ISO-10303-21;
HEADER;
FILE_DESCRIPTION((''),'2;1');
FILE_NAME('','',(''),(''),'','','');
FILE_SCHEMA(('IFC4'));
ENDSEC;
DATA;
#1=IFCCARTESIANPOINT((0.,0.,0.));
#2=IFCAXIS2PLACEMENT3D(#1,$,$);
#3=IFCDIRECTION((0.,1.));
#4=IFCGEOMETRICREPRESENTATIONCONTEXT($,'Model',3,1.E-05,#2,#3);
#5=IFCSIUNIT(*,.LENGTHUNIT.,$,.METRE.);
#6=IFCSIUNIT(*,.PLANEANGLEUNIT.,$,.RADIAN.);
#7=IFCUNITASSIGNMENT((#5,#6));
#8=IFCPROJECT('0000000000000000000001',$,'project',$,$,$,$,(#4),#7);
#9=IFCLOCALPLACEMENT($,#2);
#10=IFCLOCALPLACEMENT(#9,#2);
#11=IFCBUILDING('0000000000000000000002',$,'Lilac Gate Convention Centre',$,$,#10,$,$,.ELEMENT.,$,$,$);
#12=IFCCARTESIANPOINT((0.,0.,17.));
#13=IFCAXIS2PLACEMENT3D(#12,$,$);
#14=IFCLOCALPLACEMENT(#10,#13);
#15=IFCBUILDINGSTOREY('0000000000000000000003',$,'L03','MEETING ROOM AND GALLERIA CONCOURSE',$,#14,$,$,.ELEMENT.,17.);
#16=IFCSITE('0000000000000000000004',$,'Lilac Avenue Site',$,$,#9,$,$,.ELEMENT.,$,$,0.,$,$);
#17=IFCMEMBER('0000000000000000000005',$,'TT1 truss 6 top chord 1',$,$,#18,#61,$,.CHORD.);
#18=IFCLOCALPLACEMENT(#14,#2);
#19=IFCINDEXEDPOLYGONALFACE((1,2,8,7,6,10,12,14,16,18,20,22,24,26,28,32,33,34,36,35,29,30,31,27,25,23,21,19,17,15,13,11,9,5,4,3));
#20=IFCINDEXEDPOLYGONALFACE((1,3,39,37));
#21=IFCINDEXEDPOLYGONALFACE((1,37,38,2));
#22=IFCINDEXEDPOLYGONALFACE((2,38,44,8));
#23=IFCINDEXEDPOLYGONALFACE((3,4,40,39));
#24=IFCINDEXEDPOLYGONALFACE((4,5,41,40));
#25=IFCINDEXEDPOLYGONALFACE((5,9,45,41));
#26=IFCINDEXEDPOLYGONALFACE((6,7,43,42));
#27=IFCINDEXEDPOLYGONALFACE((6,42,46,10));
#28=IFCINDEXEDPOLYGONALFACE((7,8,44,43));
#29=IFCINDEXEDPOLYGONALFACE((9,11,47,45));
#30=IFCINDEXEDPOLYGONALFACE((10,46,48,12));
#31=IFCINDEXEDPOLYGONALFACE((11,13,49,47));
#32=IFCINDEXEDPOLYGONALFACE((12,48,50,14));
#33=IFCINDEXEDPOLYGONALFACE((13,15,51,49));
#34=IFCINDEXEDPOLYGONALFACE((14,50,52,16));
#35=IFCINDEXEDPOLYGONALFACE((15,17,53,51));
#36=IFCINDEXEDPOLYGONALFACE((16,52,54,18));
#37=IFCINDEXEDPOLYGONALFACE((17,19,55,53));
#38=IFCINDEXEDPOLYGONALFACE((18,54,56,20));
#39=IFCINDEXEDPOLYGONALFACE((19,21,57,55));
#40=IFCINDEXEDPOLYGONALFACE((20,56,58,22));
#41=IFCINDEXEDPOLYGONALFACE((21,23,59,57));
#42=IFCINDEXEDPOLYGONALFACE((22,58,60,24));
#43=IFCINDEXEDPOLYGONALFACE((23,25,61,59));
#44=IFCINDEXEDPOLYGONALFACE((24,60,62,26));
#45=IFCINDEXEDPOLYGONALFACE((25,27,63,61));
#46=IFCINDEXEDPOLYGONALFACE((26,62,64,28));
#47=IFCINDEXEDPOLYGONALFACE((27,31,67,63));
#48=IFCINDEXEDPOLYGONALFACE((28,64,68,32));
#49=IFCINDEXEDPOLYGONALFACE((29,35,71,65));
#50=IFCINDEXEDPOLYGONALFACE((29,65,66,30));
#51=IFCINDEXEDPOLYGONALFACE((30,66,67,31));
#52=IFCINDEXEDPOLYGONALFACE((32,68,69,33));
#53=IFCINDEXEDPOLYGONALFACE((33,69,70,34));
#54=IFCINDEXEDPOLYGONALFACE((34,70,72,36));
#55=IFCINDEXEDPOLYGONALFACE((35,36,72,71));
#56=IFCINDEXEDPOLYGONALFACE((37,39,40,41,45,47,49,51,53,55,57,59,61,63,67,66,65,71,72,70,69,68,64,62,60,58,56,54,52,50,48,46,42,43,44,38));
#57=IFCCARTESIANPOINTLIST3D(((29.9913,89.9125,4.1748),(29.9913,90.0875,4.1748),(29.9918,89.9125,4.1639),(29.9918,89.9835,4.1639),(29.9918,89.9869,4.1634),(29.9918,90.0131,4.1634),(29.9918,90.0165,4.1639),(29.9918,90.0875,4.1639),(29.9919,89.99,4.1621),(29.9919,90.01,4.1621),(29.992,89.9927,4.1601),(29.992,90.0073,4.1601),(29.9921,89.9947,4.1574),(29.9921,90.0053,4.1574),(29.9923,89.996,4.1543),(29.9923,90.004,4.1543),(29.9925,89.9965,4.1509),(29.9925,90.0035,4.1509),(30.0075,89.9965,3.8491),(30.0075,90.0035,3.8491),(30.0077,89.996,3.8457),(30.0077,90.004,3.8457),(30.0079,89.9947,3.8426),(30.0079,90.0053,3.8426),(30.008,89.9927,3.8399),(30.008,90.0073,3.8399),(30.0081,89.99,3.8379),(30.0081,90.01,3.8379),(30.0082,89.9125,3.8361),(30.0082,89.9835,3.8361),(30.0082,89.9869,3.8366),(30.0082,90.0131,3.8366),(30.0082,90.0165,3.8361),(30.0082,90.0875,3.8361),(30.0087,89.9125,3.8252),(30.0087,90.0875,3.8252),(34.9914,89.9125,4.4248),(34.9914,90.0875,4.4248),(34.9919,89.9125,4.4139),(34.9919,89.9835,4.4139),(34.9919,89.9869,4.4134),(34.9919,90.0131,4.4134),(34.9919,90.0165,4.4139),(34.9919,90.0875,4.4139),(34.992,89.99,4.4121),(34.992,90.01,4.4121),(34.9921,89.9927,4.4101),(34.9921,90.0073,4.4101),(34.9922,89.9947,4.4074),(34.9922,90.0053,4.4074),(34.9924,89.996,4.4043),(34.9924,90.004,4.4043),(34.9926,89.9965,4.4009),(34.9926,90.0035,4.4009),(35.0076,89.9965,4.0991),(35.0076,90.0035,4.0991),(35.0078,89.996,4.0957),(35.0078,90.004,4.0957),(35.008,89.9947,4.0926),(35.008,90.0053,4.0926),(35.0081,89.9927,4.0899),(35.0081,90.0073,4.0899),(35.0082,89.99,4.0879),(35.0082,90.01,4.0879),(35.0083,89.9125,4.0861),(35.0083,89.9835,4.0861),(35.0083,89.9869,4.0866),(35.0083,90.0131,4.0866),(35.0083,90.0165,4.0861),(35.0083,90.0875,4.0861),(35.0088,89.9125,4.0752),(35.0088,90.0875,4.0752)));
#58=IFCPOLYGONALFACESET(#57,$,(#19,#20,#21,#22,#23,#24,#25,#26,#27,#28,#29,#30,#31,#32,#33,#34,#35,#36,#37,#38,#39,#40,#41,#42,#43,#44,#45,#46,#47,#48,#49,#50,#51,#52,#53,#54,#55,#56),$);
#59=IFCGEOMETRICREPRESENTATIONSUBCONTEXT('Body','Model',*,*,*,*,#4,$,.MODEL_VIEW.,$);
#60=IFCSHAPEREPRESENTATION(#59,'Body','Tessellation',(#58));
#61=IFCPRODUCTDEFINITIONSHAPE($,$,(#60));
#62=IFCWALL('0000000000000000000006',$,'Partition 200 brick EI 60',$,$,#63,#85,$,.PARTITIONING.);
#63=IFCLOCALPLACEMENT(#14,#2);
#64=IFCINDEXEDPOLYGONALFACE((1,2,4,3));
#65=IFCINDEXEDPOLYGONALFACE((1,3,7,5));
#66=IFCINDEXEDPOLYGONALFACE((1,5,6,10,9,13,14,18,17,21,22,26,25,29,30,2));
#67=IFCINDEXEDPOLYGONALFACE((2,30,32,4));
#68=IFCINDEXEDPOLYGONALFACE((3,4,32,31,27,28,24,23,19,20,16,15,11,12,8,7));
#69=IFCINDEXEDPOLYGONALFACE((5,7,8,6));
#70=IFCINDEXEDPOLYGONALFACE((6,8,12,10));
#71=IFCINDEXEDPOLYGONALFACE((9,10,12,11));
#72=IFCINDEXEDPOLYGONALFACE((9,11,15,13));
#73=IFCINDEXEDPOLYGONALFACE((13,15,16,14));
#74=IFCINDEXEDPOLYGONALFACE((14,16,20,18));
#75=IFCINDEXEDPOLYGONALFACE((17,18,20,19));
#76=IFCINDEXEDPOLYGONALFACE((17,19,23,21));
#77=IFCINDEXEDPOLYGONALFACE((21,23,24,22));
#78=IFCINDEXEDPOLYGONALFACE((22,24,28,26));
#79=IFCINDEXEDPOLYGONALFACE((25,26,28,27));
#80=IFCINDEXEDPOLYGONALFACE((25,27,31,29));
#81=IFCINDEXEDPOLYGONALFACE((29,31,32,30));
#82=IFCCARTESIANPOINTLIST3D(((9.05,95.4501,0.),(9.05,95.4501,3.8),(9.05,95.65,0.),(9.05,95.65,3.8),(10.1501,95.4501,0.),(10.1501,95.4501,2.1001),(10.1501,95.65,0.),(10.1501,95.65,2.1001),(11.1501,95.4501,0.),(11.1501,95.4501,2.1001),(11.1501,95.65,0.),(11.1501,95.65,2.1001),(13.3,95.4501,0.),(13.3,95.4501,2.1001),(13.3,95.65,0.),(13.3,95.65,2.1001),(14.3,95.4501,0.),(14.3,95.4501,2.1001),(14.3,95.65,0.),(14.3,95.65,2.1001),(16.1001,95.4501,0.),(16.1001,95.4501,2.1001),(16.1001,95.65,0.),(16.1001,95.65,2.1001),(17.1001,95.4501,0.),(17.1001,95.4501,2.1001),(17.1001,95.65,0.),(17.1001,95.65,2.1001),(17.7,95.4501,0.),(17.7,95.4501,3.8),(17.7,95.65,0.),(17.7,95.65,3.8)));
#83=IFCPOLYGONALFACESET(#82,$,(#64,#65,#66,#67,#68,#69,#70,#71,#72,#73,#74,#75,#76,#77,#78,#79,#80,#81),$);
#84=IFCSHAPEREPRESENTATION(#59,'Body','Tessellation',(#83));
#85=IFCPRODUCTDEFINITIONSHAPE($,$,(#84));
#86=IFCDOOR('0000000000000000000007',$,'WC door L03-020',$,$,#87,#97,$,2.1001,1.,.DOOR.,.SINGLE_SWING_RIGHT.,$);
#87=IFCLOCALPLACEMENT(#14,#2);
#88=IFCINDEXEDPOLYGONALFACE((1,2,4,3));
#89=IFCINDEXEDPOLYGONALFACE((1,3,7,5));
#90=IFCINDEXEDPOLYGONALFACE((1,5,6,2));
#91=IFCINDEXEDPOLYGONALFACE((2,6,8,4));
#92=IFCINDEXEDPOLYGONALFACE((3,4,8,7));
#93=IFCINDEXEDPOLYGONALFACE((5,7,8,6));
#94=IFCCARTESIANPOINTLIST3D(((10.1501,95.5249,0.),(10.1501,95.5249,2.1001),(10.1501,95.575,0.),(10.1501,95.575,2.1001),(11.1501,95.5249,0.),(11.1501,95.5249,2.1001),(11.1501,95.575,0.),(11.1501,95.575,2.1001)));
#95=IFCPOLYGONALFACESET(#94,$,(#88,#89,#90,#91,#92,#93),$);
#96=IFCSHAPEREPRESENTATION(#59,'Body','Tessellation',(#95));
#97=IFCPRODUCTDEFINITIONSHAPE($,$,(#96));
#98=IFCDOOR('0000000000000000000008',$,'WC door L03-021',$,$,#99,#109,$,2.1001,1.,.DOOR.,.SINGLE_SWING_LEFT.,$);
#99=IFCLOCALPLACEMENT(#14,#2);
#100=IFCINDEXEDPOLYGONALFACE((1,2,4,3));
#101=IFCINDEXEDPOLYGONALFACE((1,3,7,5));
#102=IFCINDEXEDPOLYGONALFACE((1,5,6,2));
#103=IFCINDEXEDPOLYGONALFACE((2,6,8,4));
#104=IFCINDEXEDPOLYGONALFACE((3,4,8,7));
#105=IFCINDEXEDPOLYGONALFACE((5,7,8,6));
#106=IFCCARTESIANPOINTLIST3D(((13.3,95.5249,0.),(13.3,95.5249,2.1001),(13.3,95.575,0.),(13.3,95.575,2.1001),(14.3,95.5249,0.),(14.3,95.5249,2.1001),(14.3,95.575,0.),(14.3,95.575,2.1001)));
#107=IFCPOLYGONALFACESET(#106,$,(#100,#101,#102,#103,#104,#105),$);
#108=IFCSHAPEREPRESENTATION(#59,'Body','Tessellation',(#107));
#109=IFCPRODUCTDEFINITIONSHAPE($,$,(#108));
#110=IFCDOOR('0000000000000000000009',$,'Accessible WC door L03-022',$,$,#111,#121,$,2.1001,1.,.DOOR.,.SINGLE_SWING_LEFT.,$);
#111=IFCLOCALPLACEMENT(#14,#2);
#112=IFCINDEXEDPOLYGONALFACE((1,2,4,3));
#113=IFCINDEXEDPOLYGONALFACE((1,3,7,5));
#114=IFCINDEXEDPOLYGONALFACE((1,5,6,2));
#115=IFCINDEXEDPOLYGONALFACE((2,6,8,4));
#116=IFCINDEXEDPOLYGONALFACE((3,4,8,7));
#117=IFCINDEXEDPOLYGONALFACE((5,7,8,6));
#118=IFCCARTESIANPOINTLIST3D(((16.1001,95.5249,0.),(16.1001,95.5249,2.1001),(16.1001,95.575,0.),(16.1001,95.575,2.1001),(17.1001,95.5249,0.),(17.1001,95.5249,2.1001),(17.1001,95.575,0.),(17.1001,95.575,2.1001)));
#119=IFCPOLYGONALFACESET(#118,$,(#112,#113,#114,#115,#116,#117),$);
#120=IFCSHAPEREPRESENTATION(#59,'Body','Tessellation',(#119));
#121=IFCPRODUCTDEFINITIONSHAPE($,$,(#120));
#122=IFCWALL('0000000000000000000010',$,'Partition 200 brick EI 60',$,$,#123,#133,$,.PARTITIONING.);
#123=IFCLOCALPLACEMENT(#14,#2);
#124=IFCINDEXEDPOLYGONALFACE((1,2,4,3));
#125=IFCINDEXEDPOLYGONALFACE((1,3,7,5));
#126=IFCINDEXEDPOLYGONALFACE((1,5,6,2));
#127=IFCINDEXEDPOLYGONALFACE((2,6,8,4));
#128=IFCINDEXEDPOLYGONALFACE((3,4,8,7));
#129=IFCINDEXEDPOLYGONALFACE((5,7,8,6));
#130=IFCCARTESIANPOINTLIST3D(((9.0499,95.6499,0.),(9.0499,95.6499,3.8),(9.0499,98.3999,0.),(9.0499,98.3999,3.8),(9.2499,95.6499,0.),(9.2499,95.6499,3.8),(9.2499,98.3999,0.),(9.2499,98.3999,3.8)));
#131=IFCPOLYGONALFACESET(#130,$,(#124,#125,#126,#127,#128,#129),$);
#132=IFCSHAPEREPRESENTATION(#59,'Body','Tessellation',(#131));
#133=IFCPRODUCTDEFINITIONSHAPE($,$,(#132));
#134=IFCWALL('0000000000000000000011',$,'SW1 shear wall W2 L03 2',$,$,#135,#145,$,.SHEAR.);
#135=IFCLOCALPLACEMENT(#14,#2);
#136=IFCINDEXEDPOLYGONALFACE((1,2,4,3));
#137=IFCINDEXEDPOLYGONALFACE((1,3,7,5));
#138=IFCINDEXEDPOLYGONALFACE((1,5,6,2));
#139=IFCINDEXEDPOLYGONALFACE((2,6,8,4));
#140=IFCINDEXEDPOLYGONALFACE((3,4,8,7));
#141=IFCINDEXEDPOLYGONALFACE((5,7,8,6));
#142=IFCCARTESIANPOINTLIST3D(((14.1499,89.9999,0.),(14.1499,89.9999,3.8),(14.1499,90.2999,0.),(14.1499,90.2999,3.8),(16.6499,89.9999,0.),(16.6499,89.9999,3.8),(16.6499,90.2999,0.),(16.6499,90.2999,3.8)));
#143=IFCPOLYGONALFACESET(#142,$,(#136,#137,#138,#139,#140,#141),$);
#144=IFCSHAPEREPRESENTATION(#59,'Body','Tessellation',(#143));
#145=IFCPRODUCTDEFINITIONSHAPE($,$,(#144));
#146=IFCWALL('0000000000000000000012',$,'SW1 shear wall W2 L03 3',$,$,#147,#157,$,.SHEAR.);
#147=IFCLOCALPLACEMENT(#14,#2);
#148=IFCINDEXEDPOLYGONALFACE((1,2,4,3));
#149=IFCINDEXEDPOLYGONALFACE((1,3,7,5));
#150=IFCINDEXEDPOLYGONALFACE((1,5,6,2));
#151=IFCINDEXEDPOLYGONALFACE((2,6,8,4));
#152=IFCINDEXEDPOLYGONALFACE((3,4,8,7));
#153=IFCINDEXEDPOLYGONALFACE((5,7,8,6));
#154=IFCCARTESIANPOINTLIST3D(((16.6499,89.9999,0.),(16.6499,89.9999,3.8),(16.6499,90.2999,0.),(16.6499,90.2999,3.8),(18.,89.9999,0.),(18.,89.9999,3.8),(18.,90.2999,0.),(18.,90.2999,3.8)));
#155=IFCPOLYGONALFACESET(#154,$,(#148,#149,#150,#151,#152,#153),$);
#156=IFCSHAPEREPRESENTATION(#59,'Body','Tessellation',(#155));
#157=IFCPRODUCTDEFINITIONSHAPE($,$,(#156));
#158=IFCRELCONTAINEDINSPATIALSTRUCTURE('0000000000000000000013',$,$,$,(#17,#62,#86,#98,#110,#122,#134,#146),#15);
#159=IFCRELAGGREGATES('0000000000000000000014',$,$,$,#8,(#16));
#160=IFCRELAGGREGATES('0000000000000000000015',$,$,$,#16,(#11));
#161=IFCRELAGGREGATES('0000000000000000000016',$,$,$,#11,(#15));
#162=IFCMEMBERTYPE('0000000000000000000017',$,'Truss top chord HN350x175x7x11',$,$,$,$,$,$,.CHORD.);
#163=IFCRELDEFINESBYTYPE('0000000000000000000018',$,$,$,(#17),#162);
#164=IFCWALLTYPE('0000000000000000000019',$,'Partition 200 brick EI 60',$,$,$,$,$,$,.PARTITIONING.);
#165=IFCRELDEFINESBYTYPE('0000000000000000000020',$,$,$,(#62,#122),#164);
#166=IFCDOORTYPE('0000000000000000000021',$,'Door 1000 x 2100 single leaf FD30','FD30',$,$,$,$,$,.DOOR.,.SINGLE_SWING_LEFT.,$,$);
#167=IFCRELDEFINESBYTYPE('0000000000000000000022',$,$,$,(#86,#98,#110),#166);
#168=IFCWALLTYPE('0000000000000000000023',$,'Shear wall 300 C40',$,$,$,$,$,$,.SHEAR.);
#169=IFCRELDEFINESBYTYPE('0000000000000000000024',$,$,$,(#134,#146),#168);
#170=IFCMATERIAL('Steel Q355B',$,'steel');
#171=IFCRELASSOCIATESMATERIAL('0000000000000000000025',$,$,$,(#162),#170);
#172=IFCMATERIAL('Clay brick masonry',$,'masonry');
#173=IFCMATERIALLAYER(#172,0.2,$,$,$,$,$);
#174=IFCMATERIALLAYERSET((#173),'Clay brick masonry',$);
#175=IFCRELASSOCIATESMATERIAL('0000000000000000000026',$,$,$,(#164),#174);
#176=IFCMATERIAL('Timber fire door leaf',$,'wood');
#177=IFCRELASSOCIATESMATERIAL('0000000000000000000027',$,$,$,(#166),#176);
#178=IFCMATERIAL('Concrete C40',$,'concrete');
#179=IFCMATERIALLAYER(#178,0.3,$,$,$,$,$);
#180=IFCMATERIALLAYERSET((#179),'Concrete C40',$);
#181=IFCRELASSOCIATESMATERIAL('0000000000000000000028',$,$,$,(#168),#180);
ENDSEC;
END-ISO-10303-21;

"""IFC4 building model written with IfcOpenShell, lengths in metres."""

from ifc_helpers import new_model, si_unit, direction, frame, frame_2d, origin, origin_2d, place, context, subcontext, project, spatial, rectangle, i_section, extrude, material, layer, layer_set, material_profile, profile_set, type_object, element, fill, save


model = new_model("IFC4")

# Units and contexts
model_context = context("Model", 3, precision=1e-05, world=origin(), true_north=direction((0.0, 1.0)))
body_context = subcontext(model_context, "Body", "Model", "MODEL_VIEW")
ifc_project = project(units=[si_unit("LENGTHUNIT", "METRE"), si_unit("PLANEANGLEUNIT", "RADIAN")], contexts=[model_context])

# Site, building, storey
site_placement = place(None, origin())
site = spatial("IfcSite", under=ifc_project, at=site_placement, Name="Lilac Avenue Site", CompositionType="ELEMENT", RefElevation=0.0)
building_placement = place(site_placement, origin())
building = spatial("IfcBuilding", under=site, at=building_placement, Name="Lilac Gate Convention Centre", CompositionType="ELEMENT")
storey_placement = place(building_placement, frame((0.0, 0.0, 17.0)))
storey = spatial("IfcBuildingStorey", under=building, at=storey_placement, Name="L03", Description="MEETING ROOM AND GALLERIA CONCOURSE", CompositionType="ELEMENT", Elevation=17.0)

# Shared definitions
ifc_material_1 = material(Name="Steel Q355B", Category="steel")

# Shared definitions
ifc_material_2 = material(Name="Concrete C40", Category="concrete")

# Member
ifc_material_profile_1 = material_profile(ifc_material_1, i_section(OverallWidth=0.175, OverallDepth=0.3501, WebThickness=0.0071, FlangeThickness=0.011, FilletRadius=0.0129, at=origin_2d()), Name="HN350x175x7x11")
ifc_profile_set_1 = profile_set([ifc_material_profile_1], Name="Steel Q355B")
member_type_1 = type_object("IfcMemberType", Name="Truss top chord HN350x175x7x11", PredefinedType="CHORD", material=ifc_profile_set_1)
member_1_placement = place(storey_placement, frame((30.0, 90.0, 4.0), z_axis=(0.998752, 0.0, 0.049938), x_axis=(0.0, 1.0, 0.0)))
element("IfcMember", 1, at=member_1_placement, inside=storey, type_object=member_type_1, Name="TT1 truss 6 top chord 1", PredefinedType="CHORD", context=body_context, shape_type="SweptSolid", body=[
    extrude(i_section(OverallWidth=0.175, OverallDepth=0.3501, WebThickness=0.0071, FlangeThickness=0.011, FilletRadius=0.0129, at=origin_2d()), origin(), (0.0, 0.0, 1.0), 5.0063),
])

# Wall, openings, doors
ifc_material_3 = material(Name="Clay brick masonry", Category="masonry")
ifc_layer_1 = layer(ifc_material_3, 0.2)
ifc_layer_set_1 = layer_set([ifc_layer_1], Name="Clay brick masonry")
wall_type_1 = type_object("IfcWallType", Name="Partition 200 brick EI 60", PredefinedType="PARTITIONING", material=ifc_layer_set_1)
wall_1_placement = place(storey_placement, frame((9.05, 95.55, 0.0), z_axis=(0.0, 0.0, 1.0), x_axis=(1.0, 0.0, 0.0)))
wall_1 = element("IfcWall", 2, at=wall_1_placement, inside=storey, type_object=wall_type_1, Name="Partition 200 brick EI 60", PredefinedType="PARTITIONING", context=body_context, shape_type="SweptSolid", body=[
    extrude(rectangle(XDim=8.6499, YDim=0.2, at=frame_2d((4.325, 0.0))), origin(), (0.0, 0.0, 1.0), 3.8),
])
opening_1_placement = place(wall_1_placement, frame((1.1001, 0.0, 0.0)))
opening_1 = element("IfcOpeningElement", 3, at=opening_1_placement, cuts=wall_1, PredefinedType="OPENING", context=body_context, shape_type="SweptSolid", body=[
    extrude(rectangle(XDim=1.0, YDim=2.1001, at=frame_2d((0.5, 1.05))), frame((0.0, 0.1099, 0.0), z_axis=(0.0, -1.0, 0.0), x_axis=(1.0, 0.0, 0.0)), (0.0, 0.0, 1.0), 0.22),
])
opening_2_placement = place(wall_1_placement, frame((4.25, 0.0, 0.0)))
opening_2 = element("IfcOpeningElement", 4, at=opening_2_placement, cuts=wall_1, PredefinedType="OPENING", context=body_context, shape_type="SweptSolid", body=[
    extrude(rectangle(XDim=1.0, YDim=2.1001, at=frame_2d((0.5, 1.05))), frame((0.0, 0.1099, 0.0), z_axis=(0.0, -1.0, 0.0), x_axis=(1.0, 0.0, 0.0)), (0.0, 0.0, 1.0), 0.22),
])
opening_3_placement = place(wall_1_placement, frame((7.05, 0.0, 0.0)))
opening_3 = element("IfcOpeningElement", 5, at=opening_3_placement, cuts=wall_1, PredefinedType="OPENING", context=body_context, shape_type="SweptSolid", body=[
    extrude(rectangle(XDim=1.0, YDim=2.1001, at=frame_2d((0.5, 1.05))), frame((0.0, 0.1099, 0.0), z_axis=(0.0, -1.0, 0.0), x_axis=(1.0, 0.0, 0.0)), (0.0, 0.0, 1.0), 0.22),
])
ifc_material_4 = material(Name="Timber fire door leaf", Category="wood")
door_type_1 = type_object("IfcDoorType", Name="Door 1000 x 2100 single leaf FD30", Description="FD30", OperationType="SINGLE_SWING_LEFT", PredefinedType="DOOR", material=ifc_material_4)
door_1_placement = place(opening_1_placement, origin())
door_1 = element("IfcDoor", 6, at=door_1_placement, inside=storey, type_object=door_type_1, Name="WC door L03-020", OperationType="SINGLE_SWING_RIGHT", OverallHeight=2.1001, OverallWidth=1.0, PredefinedType="DOOR", context=body_context, shape_type="SweptSolid", body=[
    extrude(rectangle(XDim=1.0, YDim=2.1001, at=frame_2d((0.5, 1.05))), frame((0.0, 0.0249, 0.0), z_axis=(0.0, -1.0, 0.0), x_axis=(1.0, 0.0, 0.0)), (0.0, 0.0, 1.0), 0.05),
])
fill(opening_1, door_1)
door_2_placement = place(opening_2_placement, origin())
door_2 = element("IfcDoor", 7, at=door_2_placement, inside=storey, type_object=door_type_1, Name="WC door L03-021", OperationType="SINGLE_SWING_LEFT", OverallHeight=2.1001, OverallWidth=1.0, PredefinedType="DOOR", context=body_context, shape_type="SweptSolid", body=[
    extrude(rectangle(XDim=1.0, YDim=2.1001, at=frame_2d((0.5, 1.05))), frame((0.0, 0.0249, 0.0), z_axis=(0.0, -1.0, 0.0), x_axis=(1.0, 0.0, 0.0)), (0.0, 0.0, 1.0), 0.05),
])
fill(opening_2, door_2)
door_3_placement = place(opening_3_placement, origin())
door_3 = element("IfcDoor", 8, at=door_3_placement, inside=storey, type_object=door_type_1, Name="Accessible WC door L03-022", OperationType="SINGLE_SWING_LEFT", OverallHeight=2.1001, OverallWidth=1.0, PredefinedType="DOOR", context=body_context, shape_type="SweptSolid", body=[
    extrude(rectangle(XDim=1.0, YDim=2.1001, at=frame_2d((0.5, 1.05))), frame((0.0, 0.0249, 0.0), z_axis=(0.0, -1.0, 0.0), x_axis=(1.0, 0.0, 0.0)), (0.0, 0.0, 1.0), 0.05),
])
fill(opening_3, door_3)

# Walls
wall_2_placement = place(storey_placement, frame((9.1499, 95.6499, 0.0), z_axis=(0.0, 0.0, 1.0), x_axis=(0.0, 1.0, 0.0)))
element("IfcWall", 9, at=wall_2_placement, inside=storey, type_object=wall_type_1, Name="Partition 200 brick EI 60", PredefinedType="PARTITIONING", context=body_context, shape_type="SweptSolid", body=[
    extrude(rectangle(XDim=2.75, YDim=0.2, at=frame_2d((1.375, 0.0))), origin(), (0.0, 0.0, 1.0), 3.8),
])
ifc_layer_2 = layer(ifc_material_2, 0.3)
ifc_layer_set_2 = layer_set([ifc_layer_2], Name="Concrete C40")
wall_type_2 = type_object("IfcWallType", Name="Shear wall 300 C40", PredefinedType="SHEAR", material=ifc_layer_set_2)
wall_3_placement = place(storey_placement, frame((14.1499, 90.1499, 0.0), z_axis=(0.0, 0.0, 1.0), x_axis=(1.0, 0.0, 0.0)))
element("IfcWall", 10, at=wall_3_placement, inside=storey, type_object=wall_type_2, Name="SW1 shear wall W2 L03 2", PredefinedType="SHEAR", context=body_context, shape_type="SweptSolid", body=[
    extrude(rectangle(XDim=2.5, YDim=0.3, at=frame_2d((1.25, 0.0))), origin(), (0.0, 0.0, 1.0), 3.8),
])
wall_4_placement = place(storey_placement, frame((16.6499, 90.1499, 0.0), z_axis=(0.0, 0.0, 1.0), x_axis=(1.0, 0.0, 0.0)))
element("IfcWall", 11, at=wall_4_placement, inside=storey, type_object=wall_type_2, Name="SW1 shear wall W2 L03 3", PredefinedType="SHEAR", context=body_context, shape_type="SweptSolid", body=[
    extrude(rectangle(XDim=1.3501, YDim=0.3, at=frame_2d((0.675, 0.0))), origin(), (0.0, 0.0, 1.0), 3.8),
])

save(model, "model.ifc")
